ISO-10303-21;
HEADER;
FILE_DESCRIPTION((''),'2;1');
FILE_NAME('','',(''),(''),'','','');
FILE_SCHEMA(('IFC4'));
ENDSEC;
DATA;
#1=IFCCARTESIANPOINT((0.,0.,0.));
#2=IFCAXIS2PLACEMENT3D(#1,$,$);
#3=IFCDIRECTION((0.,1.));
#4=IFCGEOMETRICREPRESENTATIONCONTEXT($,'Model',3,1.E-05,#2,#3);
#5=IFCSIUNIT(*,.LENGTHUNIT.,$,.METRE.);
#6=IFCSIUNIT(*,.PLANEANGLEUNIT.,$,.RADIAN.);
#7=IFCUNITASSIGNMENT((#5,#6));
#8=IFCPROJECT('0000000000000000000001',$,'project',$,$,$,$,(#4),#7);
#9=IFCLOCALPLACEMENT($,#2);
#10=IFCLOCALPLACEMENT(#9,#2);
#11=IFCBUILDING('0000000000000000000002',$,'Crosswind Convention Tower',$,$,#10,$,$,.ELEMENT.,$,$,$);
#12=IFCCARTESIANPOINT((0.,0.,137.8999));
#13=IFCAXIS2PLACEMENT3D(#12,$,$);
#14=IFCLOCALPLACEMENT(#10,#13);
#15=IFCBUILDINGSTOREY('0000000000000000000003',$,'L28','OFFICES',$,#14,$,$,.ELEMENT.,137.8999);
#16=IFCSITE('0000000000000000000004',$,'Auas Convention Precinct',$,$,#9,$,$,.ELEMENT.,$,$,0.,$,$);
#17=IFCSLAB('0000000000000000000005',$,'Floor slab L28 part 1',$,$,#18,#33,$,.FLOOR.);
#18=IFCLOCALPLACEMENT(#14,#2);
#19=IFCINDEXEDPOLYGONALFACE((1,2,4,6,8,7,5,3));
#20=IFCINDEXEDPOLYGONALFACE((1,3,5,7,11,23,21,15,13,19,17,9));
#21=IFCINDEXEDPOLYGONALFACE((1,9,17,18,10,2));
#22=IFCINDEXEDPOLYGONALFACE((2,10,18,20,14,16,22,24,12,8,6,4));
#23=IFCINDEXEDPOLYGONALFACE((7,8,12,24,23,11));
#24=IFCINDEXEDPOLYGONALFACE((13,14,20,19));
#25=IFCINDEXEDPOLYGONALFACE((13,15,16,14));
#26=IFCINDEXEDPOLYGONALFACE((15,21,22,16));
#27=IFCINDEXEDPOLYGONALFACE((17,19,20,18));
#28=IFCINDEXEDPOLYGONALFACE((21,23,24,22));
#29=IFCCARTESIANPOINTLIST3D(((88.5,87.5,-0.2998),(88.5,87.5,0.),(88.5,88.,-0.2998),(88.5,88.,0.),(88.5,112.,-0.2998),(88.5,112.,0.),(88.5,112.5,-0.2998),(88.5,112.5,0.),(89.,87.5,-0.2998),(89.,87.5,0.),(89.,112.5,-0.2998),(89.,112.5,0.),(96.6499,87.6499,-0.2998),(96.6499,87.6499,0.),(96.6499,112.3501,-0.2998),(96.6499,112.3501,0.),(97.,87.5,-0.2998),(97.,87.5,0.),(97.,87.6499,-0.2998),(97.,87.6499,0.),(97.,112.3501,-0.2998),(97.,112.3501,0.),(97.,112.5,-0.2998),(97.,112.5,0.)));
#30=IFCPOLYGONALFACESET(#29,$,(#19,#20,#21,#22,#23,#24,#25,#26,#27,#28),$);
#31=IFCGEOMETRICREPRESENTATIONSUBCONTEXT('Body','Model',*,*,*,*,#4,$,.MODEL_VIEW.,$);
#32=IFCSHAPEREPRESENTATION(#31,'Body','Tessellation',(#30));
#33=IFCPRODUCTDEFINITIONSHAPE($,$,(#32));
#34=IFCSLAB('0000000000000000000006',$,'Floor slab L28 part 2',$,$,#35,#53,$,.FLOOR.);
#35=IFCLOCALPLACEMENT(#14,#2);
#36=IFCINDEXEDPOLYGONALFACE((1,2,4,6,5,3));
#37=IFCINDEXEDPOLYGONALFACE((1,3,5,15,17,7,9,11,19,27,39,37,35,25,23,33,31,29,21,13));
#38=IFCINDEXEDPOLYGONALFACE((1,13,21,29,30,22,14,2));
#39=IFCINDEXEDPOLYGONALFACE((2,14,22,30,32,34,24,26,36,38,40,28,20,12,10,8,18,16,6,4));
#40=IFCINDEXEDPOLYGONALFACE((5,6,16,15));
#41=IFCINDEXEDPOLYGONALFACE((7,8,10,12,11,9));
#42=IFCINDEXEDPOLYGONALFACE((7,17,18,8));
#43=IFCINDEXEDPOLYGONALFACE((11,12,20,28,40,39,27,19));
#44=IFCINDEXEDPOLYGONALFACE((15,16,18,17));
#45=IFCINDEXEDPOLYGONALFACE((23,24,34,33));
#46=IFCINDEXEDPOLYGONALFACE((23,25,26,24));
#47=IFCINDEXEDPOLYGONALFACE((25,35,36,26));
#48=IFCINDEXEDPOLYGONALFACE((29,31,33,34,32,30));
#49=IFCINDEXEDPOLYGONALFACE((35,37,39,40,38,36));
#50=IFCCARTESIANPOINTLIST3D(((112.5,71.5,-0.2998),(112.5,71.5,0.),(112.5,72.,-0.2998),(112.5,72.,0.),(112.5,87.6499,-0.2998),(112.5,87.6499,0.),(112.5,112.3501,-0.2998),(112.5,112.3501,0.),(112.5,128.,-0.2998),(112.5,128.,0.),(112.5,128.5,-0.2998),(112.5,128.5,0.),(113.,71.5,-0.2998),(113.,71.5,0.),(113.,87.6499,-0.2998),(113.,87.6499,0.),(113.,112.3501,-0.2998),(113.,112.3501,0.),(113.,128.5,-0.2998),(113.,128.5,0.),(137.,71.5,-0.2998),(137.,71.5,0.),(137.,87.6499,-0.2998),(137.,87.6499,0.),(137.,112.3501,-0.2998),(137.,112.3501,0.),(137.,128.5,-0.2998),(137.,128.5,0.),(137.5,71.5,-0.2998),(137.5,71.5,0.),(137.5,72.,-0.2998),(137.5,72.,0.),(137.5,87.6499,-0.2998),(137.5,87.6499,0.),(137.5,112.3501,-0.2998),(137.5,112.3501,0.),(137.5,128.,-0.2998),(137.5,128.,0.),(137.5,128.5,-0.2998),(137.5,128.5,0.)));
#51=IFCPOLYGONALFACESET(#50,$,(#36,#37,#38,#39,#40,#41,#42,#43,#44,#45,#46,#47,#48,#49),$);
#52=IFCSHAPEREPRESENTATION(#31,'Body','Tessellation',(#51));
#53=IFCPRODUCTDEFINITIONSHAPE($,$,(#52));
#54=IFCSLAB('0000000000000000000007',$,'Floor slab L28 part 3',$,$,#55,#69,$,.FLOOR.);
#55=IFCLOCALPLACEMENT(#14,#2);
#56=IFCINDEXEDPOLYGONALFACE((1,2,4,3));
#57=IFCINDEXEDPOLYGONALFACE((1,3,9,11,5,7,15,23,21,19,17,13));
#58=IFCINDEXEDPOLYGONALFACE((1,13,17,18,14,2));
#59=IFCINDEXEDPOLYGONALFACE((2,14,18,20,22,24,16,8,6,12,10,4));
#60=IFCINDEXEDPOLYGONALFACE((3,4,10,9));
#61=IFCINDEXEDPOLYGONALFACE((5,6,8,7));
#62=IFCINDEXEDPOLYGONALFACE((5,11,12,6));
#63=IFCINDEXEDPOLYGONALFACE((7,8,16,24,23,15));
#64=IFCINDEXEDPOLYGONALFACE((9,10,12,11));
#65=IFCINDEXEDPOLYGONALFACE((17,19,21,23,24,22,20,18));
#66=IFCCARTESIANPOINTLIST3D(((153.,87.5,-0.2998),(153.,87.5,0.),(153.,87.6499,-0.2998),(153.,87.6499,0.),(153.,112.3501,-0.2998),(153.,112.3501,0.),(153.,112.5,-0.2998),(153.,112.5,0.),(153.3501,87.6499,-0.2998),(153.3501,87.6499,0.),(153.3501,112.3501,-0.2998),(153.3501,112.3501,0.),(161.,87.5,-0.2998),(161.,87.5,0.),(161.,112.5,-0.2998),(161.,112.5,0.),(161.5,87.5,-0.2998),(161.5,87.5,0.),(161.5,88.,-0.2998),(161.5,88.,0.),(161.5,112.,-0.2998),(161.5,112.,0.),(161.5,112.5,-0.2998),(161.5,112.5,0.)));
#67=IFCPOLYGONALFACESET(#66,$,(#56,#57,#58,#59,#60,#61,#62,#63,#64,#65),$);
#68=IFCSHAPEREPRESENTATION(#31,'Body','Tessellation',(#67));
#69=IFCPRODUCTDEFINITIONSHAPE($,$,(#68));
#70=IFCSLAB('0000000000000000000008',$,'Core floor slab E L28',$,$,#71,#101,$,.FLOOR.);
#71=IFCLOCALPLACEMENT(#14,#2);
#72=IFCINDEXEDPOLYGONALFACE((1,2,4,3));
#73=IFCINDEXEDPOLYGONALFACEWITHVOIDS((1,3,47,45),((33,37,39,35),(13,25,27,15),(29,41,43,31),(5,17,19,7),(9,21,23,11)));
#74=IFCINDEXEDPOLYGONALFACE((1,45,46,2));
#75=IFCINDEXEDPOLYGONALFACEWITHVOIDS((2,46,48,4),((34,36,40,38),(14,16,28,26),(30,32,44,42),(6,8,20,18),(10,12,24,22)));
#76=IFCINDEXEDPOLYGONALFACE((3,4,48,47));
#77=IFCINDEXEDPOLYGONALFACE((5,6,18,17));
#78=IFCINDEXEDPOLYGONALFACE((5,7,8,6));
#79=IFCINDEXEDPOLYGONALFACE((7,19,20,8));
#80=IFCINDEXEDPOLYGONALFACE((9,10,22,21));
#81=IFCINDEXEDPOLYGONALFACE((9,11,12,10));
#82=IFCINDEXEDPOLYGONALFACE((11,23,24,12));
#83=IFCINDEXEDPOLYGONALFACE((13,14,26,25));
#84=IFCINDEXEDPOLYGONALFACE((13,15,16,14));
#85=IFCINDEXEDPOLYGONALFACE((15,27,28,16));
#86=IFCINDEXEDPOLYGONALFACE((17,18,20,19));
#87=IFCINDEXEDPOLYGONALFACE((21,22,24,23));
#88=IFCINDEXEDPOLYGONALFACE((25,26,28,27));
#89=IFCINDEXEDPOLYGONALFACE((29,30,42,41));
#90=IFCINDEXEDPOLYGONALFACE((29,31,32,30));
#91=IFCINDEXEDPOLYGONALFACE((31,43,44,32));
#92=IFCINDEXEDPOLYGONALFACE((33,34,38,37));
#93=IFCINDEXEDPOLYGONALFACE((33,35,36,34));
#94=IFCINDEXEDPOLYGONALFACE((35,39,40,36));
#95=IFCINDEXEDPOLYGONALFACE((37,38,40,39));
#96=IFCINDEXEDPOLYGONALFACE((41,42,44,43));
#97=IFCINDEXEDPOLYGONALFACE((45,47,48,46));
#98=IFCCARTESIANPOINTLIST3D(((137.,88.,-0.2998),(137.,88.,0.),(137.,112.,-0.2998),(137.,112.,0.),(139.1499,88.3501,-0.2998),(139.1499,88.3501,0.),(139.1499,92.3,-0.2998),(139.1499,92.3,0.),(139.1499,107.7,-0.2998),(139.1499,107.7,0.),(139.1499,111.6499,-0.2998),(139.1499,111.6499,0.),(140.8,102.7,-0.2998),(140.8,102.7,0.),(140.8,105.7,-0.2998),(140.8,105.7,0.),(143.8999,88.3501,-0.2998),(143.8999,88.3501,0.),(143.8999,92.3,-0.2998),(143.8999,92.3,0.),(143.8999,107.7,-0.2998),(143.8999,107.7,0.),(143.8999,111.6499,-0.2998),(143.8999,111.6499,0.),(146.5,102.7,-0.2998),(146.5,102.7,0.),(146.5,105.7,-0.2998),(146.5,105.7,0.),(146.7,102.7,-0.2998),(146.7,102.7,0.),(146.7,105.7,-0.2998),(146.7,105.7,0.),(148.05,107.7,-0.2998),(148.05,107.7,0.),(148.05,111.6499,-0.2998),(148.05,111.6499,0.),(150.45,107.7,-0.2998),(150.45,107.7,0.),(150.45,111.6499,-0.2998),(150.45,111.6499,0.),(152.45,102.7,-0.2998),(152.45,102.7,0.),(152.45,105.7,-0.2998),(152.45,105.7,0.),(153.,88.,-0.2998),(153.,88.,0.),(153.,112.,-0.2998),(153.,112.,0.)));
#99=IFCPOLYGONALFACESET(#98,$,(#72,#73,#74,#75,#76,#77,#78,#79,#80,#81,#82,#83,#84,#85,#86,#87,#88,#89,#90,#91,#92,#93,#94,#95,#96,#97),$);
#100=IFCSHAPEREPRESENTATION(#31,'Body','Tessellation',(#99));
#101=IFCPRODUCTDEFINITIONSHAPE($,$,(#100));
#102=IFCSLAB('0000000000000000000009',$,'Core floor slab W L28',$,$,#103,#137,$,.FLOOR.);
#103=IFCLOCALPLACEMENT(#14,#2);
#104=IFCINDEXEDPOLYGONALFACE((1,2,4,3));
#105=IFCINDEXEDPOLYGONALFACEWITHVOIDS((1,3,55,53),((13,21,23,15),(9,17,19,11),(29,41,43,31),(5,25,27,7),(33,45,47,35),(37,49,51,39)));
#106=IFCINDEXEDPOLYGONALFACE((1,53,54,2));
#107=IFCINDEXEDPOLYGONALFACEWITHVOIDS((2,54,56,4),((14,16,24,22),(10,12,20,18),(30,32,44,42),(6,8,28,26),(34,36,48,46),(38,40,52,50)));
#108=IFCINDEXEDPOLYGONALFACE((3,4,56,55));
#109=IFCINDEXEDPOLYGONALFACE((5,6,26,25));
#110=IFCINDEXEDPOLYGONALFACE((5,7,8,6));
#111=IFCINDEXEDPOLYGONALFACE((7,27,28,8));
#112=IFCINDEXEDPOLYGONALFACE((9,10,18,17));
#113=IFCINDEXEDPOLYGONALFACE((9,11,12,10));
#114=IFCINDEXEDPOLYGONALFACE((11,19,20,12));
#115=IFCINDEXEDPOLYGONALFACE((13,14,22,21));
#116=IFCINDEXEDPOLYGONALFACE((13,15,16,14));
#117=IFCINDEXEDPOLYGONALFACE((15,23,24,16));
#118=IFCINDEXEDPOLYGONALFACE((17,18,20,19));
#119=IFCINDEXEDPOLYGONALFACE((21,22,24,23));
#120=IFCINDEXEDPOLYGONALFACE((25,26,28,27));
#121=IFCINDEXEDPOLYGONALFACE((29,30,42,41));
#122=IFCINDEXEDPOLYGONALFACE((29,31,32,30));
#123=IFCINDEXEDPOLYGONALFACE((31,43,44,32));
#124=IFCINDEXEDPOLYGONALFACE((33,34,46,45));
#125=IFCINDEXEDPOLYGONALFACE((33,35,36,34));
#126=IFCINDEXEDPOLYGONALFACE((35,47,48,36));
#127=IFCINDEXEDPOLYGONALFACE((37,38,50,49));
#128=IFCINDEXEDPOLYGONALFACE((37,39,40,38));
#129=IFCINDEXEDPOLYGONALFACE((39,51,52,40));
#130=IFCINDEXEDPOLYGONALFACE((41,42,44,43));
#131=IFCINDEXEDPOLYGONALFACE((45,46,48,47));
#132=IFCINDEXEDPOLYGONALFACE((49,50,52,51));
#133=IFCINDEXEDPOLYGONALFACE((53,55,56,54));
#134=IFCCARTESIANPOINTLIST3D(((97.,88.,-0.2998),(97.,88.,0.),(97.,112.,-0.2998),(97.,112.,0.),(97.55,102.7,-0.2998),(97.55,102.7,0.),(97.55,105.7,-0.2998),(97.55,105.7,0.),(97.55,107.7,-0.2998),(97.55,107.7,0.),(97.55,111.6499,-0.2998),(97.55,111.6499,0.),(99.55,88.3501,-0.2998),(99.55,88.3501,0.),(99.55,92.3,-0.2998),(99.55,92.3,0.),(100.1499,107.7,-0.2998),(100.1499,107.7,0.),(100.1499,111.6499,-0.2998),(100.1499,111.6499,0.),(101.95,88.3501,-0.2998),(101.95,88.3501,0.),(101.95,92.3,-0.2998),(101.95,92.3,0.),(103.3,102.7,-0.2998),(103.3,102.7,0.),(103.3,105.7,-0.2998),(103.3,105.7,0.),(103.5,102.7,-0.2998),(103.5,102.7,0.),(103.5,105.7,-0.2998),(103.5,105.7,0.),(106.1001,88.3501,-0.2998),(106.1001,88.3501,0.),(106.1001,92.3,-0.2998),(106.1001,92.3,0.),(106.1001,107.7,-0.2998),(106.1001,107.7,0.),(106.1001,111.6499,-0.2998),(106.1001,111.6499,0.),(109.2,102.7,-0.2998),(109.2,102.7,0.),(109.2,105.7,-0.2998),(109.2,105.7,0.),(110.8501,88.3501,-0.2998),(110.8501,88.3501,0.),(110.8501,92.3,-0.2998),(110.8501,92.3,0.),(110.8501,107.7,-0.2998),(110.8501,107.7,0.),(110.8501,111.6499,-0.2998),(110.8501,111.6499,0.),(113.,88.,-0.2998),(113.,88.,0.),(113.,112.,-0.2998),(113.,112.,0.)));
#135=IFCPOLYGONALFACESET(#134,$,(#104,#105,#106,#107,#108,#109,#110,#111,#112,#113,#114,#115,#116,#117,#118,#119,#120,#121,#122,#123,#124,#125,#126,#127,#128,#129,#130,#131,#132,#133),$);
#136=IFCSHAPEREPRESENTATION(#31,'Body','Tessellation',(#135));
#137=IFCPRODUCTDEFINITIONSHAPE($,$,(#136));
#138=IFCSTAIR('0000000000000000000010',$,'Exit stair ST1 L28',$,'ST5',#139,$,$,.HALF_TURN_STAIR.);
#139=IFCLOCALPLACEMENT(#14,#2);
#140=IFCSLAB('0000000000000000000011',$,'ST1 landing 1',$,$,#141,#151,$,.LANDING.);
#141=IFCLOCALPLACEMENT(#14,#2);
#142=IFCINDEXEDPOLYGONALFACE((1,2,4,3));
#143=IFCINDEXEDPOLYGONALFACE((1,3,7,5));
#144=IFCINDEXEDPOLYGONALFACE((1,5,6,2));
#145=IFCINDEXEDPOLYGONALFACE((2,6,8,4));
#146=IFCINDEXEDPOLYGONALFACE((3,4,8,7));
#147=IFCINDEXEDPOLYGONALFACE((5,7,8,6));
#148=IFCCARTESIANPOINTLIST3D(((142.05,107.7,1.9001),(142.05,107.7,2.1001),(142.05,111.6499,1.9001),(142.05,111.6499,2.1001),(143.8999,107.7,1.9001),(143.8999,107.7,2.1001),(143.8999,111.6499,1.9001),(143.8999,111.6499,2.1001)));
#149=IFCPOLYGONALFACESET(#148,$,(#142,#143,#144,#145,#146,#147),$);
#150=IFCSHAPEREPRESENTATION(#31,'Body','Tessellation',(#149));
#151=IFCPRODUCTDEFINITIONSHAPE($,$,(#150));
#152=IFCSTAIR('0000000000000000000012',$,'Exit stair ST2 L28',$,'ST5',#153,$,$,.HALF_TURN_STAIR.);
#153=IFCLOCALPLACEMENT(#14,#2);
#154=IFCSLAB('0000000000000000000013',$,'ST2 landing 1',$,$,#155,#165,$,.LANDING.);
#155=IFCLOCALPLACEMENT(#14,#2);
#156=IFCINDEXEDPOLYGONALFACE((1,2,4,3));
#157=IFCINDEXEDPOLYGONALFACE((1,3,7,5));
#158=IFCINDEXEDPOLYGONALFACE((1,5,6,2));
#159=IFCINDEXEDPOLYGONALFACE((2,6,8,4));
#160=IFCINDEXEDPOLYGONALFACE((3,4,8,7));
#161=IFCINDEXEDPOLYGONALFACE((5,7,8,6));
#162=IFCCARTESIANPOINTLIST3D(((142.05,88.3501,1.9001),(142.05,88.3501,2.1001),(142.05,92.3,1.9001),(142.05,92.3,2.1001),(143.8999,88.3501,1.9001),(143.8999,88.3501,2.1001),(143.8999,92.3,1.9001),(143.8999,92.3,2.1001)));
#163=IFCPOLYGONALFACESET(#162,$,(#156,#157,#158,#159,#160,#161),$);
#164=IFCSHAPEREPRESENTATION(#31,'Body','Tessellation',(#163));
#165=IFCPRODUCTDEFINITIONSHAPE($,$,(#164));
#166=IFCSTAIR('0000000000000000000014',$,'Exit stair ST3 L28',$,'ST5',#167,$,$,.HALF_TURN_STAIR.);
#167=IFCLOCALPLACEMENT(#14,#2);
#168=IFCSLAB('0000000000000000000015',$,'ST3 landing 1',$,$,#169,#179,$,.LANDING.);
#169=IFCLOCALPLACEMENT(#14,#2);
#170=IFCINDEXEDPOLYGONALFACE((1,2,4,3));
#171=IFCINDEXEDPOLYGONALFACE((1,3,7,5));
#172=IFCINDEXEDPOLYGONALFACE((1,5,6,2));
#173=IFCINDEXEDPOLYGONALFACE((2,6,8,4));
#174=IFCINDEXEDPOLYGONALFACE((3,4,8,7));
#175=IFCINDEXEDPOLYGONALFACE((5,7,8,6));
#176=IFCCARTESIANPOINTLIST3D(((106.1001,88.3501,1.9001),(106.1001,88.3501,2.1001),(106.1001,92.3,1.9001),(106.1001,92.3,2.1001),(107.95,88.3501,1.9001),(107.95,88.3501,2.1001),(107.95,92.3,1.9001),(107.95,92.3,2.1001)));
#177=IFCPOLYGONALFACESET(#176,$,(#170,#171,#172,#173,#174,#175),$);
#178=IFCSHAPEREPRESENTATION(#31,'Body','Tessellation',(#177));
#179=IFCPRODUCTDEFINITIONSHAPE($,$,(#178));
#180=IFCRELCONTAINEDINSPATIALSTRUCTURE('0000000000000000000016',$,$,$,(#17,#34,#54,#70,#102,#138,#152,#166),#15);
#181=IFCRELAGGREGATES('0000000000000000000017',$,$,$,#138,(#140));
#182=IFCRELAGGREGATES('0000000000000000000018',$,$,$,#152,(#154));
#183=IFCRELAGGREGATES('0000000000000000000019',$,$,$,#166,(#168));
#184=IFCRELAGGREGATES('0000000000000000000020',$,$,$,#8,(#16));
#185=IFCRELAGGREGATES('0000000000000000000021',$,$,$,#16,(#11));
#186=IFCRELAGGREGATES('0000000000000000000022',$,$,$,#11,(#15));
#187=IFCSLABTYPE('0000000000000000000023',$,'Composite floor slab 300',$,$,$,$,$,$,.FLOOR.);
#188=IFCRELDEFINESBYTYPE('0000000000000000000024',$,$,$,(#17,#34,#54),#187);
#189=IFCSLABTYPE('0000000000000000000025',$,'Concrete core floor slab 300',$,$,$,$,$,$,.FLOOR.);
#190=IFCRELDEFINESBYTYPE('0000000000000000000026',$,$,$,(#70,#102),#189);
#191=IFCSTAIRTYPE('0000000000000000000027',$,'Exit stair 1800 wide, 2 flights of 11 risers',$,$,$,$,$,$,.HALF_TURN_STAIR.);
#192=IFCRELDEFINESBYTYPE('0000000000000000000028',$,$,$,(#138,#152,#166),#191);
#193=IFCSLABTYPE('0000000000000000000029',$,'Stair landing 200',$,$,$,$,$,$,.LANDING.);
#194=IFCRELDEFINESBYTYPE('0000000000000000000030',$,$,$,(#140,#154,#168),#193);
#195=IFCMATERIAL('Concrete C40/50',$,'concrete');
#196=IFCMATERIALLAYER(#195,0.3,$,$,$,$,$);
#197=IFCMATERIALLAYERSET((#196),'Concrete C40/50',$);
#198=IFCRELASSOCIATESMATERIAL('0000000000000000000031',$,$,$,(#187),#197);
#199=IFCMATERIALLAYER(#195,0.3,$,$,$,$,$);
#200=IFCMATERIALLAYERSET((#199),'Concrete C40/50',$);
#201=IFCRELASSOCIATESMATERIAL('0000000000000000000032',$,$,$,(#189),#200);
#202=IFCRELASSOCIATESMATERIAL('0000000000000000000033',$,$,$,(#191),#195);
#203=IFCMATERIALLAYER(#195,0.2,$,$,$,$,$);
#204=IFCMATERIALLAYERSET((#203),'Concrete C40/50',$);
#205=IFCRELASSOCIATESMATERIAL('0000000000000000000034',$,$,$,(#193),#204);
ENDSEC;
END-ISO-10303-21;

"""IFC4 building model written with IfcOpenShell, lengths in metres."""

from ifc_helpers import new_model, si_unit, direction, frame, origin, place, context, subcontext, project, spatial, polyline, outline, extrude, material, layer, layer_set, type_object, element, aggregate, save


model = new_model("IFC4")

# Units and contexts
model_context = context("Model", 3, precision=1e-05, world=origin(), true_north=direction((0.0, 1.0)))
body_context = subcontext(model_context, "Body", "Model", "MODEL_VIEW")
ifc_project = project(units=[si_unit("LENGTHUNIT", "METRE"), si_unit("PLANEANGLEUNIT", "RADIAN")], contexts=[model_context])

# Site, building, storey
site_placement = place(None, origin())
site = spatial("IfcSite", under=ifc_project, at=site_placement, Name="Auas Convention Precinct", CompositionType="ELEMENT", RefElevation=0.0)
building_placement = place(site_placement, origin())
building = spatial("IfcBuilding", under=site, at=building_placement, Name="Crosswind Convention Tower", CompositionType="ELEMENT")
storey_placement = place(building_placement, frame((0.0, 0.0, 137.8999)))
storey = spatial("IfcBuildingStorey", under=building, at=storey_placement, Name="L28", Description="OFFICES", CompositionType="ELEMENT", Elevation=137.8999)

# Slabs
ifc_material_1 = material(Name="Concrete C40/50", Category="concrete")
ifc_layer_1 = layer(ifc_material_1, 0.3)
ifc_layer_set_1 = layer_set([ifc_layer_1], Name="Concrete C40/50")
slab_type_1 = type_object("IfcSlabType", Name="Composite floor slab 300", PredefinedType="FLOOR", material=ifc_layer_set_1)
slab_1_placement = place(storey_placement, frame((0.0, 0.0, -0.2998)))
element("IfcSlab", 1, at=slab_1_placement, inside=storey, type_object=slab_type_1, Name="Floor slab L28 part 1", PredefinedType="FLOOR", context=body_context, shape_type="SweptSolid", body=[
    extrude(outline(polyline([(97.0, 87.5), (89.0, 87.5), (88.5, 87.5), (88.5, 88.0), (88.5, 112.0), (88.5, 112.5), (89.0, 112.5), (97.0, 112.5), (97.0, 112.3501), (96.6499, 112.3501), (96.6499, 87.6499), (97.0, 87.6499), (97.0, 87.5)])), origin(), (0.0, 0.0, 1.0), 0.2998),
])
slab_2_placement = place(storey_placement, frame((0.0, 0.0, -0.2998)))
element("IfcSlab", 2, at=slab_2_placement, inside=storey, type_object=slab_type_1, Name="Floor slab L28 part 2", PredefinedType="FLOOR", context=body_context, shape_type="SweptSolid", body=[
    extrude(outline(polyline([(112.5, 87.6499), (113.0, 87.6499), (113.0, 112.3501), (112.5, 112.3501), (112.5, 128.0), (112.5, 128.5), (113.0, 128.5), (137.0, 128.5), (137.5, 128.5), (137.5, 128.0), (137.5, 112.3501), (137.0, 112.3501), (137.0, 87.6499), (137.5, 87.6499), (137.5, 72.0), (137.5, 71.5), (137.0, 71.5), (113.0, 71.5), (112.5, 71.5), (112.5, 72.0), (112.5, 87.6499)])), origin(), (0.0, 0.0, 1.0), 0.2998),
])
slab_3_placement = place(storey_placement, frame((0.0, 0.0, -0.2998)))
element("IfcSlab", 3, at=slab_3_placement, inside=storey, type_object=slab_type_1, Name="Floor slab L28 part 3", PredefinedType="FLOOR", context=body_context, shape_type="SweptSolid", body=[
    extrude(outline(polyline([(153.0, 112.5), (161.0, 112.5), (161.5, 112.5), (161.5, 112.0), (161.5, 88.0), (161.5, 87.5), (161.0, 87.5), (153.0, 87.5), (153.0, 87.6499), (153.3501, 87.6499), (153.3501, 112.3501), (153.0, 112.3501), (153.0, 112.5)])), origin(), (0.0, 0.0, 1.0), 0.2998),
])
ifc_layer_2 = layer(ifc_material_1, 0.3)
ifc_layer_set_2 = layer_set([ifc_layer_2], Name="Concrete C40/50")
slab_type_2 = type_object("IfcSlabType", Name="Concrete core floor slab 300", PredefinedType="FLOOR", material=ifc_layer_set_2)
slab_4_placement = place(storey_placement, frame((0.0, 0.0, -0.2998)))
element("IfcSlab", 4, at=slab_4_placement, inside=storey, type_object=slab_type_2, Name="Core floor slab E L28", PredefinedType="FLOOR", context=body_context, shape_type="SweptSolid", body=[
    extrude(outline(polyline([(137.0, 88.0), (153.0, 88.0), (153.0, 112.0), (137.0, 112.0), (137.0, 88.0)]), holes=[polyline([(146.5, 102.7), (146.5, 105.7), (140.8, 105.7), (140.8, 102.7), (146.5, 102.7)]), polyline([(152.45, 102.7), (152.45, 105.7), (146.7, 105.7), (146.7, 102.7), (152.45, 102.7)]), polyline([(150.45, 107.7), (150.45, 111.6499), (148.05, 111.6499), (148.05, 107.7), (150.45, 107.7)]), polyline([(143.8999, 107.7), (143.8999, 111.6499), (139.1499, 111.6499), (139.1499, 107.7), (143.8999, 107.7)]), polyline([(143.8999, 88.3501), (143.8999, 92.3), (139.1499, 92.3), (139.1499, 88.3501), (143.8999, 88.3501)])]), origin(), (0.0, 0.0, 1.0), 0.2998),
])
slab_5_placement = place(storey_placement, frame((0.0, 0.0, -0.2998)))
element("IfcSlab", 5, at=slab_5_placement, inside=storey, type_object=slab_type_2, Name="Core floor slab W L28", PredefinedType="FLOOR", context=body_context, shape_type="SweptSolid", body=[
    extrude(outline(polyline([(97.0, 88.0), (113.0, 88.0), (113.0, 112.0), (97.0, 112.0), (97.0, 88.0)]), holes=[polyline([(109.2, 102.7), (109.2, 105.7), (103.5, 105.7), (103.5, 102.7), (109.2, 102.7)]), polyline([(103.3, 102.7), (103.3, 105.7), (97.55, 105.7), (97.55, 102.7), (103.3, 102.7)]), polyline([(101.95, 88.3501), (101.95, 92.3), (99.55, 92.3), (99.55, 88.3501), (101.95, 88.3501)]), polyline([(100.1499, 107.7), (100.1499, 111.6499), (97.55, 111.6499), (97.55, 107.7), (100.1499, 107.7)]), polyline([(110.8501, 88.3501), (110.8501, 92.3), (106.1001, 92.3), (106.1001, 88.3501), (110.8501, 88.3501)]), polyline([(110.8501, 107.7), (110.8501, 111.6499), (106.1001, 111.6499), (106.1001, 107.7), (110.8501, 107.7)])]), origin(), (0.0, 0.0, 1.0), 0.2998),
])

# Stairs, slabs
stair_type = type_object("IfcStairType", Name="Exit stair 1800 wide, 2 flights of 11 risers", PredefinedType="HALF_TURN_STAIR", material=ifc_material_1)
stair_1_placement = place(storey_placement, origin())
stair_1 = element("IfcStair", 6, at=stair_1_placement, inside=storey, type_object=stair_type, Name="Exit stair ST1 L28", ObjectType="ST5", PredefinedType="HALF_TURN_STAIR")
ifc_layer_3 = layer(ifc_material_1, 0.2)
ifc_layer_set_3 = layer_set([ifc_layer_3], Name="Concrete C40/50")
slab_type_3 = type_object("IfcSlabType", Name="Stair landing 200", PredefinedType="LANDING", material=ifc_layer_set_3)
slab_6_placement = place(storey_placement, frame((0.0, 0.0, 1.9001)))
slab_6 = element("IfcSlab", 7, at=slab_6_placement, type_object=slab_type_3, Name="ST1 landing 1", PredefinedType="LANDING", context=body_context, shape_type="SweptSolid", body=[
    extrude(outline(polyline([(143.8999, 107.7), (143.8999, 111.6499), (142.05, 111.6499), (142.05, 107.7), (143.8999, 107.7)])), origin(), (0.0, 0.0, 1.0), 0.2),
])
aggregate(stair_1, [slab_6])
stair_2_placement = place(storey_placement, origin())
stair_2 = element("IfcStair", 8, at=stair_2_placement, inside=storey, type_object=stair_type, Name="Exit stair ST2 L28", ObjectType="ST5", PredefinedType="HALF_TURN_STAIR")
slab_7_placement = place(storey_placement, frame((0.0, 0.0, 1.9001)))
slab_7 = element("IfcSlab", 9, at=slab_7_placement, type_object=slab_type_3, Name="ST2 landing 1", PredefinedType="LANDING", context=body_context, shape_type="SweptSolid", body=[
    extrude(outline(polyline([(143.8999, 88.3501), (143.8999, 92.3), (142.05, 92.3), (142.05, 88.3501), (143.8999, 88.3501)])), origin(), (0.0, 0.0, 1.0), 0.2),
])
aggregate(stair_2, [slab_7])
stair_3_placement = place(storey_placement, origin())
stair_3 = element("IfcStair", 10, at=stair_3_placement, inside=storey, type_object=stair_type, Name="Exit stair ST3 L28", ObjectType="ST5", PredefinedType="HALF_TURN_STAIR")
slab_8_placement = place(storey_placement, frame((0.0, 0.0, 1.9001)))
slab_8 = element("IfcSlab", 11, at=slab_8_placement, type_object=slab_type_3, Name="ST3 landing 1", PredefinedType="LANDING", context=body_context, shape_type="SweptSolid", body=[
    extrude(outline(polyline([(107.95, 88.3501), (107.95, 92.3), (106.1001, 92.3), (106.1001, 88.3501), (107.95, 88.3501)])), origin(), (0.0, 0.0, 1.0), 0.2),
])
aggregate(stair_3, [slab_8])

save(model, "model.ifc")
